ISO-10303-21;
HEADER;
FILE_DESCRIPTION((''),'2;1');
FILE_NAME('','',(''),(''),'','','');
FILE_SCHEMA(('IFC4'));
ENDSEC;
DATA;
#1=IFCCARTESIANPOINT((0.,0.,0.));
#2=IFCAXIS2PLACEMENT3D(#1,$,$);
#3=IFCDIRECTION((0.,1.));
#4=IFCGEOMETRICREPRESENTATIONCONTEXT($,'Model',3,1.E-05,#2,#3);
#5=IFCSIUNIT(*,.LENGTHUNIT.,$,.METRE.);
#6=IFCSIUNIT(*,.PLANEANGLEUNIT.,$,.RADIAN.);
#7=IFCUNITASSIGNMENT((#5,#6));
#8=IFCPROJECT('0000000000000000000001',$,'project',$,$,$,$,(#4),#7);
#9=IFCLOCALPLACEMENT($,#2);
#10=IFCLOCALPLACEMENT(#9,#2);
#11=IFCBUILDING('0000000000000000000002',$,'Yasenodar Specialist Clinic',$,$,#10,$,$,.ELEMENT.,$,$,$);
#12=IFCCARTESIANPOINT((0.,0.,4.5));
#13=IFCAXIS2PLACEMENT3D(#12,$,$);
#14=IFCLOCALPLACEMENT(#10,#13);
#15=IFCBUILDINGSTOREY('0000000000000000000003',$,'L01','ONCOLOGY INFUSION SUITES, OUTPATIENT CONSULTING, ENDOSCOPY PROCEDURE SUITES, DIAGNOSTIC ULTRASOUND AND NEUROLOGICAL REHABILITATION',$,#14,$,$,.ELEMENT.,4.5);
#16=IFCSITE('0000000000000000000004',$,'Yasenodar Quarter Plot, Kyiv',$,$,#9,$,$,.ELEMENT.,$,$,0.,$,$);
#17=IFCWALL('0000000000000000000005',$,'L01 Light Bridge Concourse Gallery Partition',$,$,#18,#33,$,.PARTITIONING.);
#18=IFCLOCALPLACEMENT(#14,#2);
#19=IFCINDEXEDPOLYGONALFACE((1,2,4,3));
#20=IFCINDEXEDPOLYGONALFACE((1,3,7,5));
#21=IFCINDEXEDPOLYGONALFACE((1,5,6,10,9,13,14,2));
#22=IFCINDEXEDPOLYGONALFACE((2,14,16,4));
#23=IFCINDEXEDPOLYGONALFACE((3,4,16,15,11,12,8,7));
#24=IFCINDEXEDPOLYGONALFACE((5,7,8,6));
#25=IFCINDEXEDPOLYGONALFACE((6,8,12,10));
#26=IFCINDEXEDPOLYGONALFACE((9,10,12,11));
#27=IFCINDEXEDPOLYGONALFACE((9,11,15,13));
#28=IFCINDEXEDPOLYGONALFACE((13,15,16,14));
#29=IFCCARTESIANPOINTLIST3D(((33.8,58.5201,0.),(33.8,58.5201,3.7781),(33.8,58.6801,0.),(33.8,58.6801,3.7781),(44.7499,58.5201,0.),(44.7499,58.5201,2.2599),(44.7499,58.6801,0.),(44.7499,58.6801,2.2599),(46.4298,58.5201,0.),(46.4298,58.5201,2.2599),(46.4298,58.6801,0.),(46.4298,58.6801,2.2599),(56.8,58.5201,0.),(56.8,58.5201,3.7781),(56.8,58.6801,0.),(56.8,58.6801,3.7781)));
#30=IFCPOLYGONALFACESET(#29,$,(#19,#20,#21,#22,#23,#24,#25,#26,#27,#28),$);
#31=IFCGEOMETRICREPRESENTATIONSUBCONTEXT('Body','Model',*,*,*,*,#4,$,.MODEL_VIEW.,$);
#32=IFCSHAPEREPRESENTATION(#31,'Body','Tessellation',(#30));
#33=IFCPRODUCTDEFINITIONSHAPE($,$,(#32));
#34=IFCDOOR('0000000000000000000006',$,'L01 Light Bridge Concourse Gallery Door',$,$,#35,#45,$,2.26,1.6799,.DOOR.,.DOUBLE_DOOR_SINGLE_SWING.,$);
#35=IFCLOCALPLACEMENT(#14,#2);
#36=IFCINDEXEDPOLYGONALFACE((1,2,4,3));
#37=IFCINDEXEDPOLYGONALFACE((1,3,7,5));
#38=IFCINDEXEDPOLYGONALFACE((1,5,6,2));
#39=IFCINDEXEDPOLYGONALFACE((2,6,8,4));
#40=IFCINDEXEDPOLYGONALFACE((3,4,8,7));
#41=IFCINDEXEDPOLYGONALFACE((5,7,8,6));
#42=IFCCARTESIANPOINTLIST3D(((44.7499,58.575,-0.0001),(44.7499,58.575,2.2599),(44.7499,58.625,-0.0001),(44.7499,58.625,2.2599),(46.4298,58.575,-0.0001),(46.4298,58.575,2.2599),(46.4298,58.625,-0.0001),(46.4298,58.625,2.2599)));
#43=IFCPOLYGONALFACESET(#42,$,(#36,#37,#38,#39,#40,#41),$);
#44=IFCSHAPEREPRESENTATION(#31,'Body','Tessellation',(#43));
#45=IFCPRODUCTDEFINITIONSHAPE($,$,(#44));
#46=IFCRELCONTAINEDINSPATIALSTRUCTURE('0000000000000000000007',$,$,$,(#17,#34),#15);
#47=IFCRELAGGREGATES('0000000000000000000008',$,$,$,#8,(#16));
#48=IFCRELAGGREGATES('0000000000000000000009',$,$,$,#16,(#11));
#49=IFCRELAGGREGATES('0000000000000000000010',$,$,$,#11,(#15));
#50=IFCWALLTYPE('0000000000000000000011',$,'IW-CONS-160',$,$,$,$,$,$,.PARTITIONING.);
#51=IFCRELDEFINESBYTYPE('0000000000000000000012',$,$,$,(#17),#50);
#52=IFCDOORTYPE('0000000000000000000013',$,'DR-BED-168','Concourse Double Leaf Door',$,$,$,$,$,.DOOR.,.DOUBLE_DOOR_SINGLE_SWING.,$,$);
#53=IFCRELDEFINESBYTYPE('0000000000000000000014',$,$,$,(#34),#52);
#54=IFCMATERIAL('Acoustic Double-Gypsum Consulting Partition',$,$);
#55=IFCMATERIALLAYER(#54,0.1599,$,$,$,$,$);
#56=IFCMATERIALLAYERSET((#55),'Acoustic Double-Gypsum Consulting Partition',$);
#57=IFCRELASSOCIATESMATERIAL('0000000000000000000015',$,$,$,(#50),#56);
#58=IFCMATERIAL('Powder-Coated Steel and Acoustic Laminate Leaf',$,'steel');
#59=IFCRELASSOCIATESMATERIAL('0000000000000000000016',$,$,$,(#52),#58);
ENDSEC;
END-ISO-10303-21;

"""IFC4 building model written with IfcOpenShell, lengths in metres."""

from ifc_helpers import new_model, si_unit, direction, frame, frame_2d, origin, place, context, subcontext, project, spatial, rectangle, extrude, material, layer, layer_set, type_object, element, fill, save


model = new_model("IFC4")

# Units and contexts
model_context = context("Model", 3, precision=1e-05, world=origin(), true_north=direction((0.0, 1.0)))
body_context = subcontext(model_context, "Body", "Model", "MODEL_VIEW")
ifc_project = project(units=[si_unit("LENGTHUNIT", "METRE"), si_unit("PLANEANGLEUNIT", "RADIAN")], contexts=[model_context])

# Site, building, storey
site_placement = place(None, origin())
site = spatial("IfcSite", under=ifc_project, at=site_placement, Name="Yasenodar Quarter Plot, Kyiv", CompositionType="ELEMENT", RefElevation=0.0)
building_placement = place(site_placement, origin())
building = spatial("IfcBuilding", under=site, at=building_placement, Name="Yasenodar Specialist Clinic", CompositionType="ELEMENT")
storey_placement = place(building_placement, frame((0.0, 0.0, 4.5)))
storey = spatial("IfcBuildingStorey", under=building, at=storey_placement, Name="L01", Description="ONCOLOGY INFUSION SUITES, OUTPATIENT CONSULTING, ENDOSCOPY PROCEDURE SUITES, DIAGNOSTIC ULTRASOUND AND NEUROLOGICAL REHABILITATION", CompositionType="ELEMENT", Elevation=4.5)

# Wall, opening, door
ifc_material_1 = material(Name="Acoustic Double-Gypsum Consulting Partition")
ifc_layer_1 = layer(ifc_material_1, 0.1599)
ifc_layer_set_1 = layer_set([ifc_layer_1], Name="Acoustic Double-Gypsum Consulting Partition")
wall_type = type_object("IfcWallType", Name="IW-CONS-160", PredefinedType="PARTITIONING", material=ifc_layer_set_1)
wall_placement = place(storey_placement, frame((33.8, 58.6001, 0.0), z_axis=(0.0, 0.0, 1.0), x_axis=(1.0, 0.0, 0.0)))
wall = element("IfcWall", 1, at=wall_placement, inside=storey, type_object=wall_type, Name="L01 Light Bridge Concourse Gallery Partition", PredefinedType="PARTITIONING", context=body_context, shape_type="SweptSolid", body=[
    extrude(rectangle(XDim=23.0, YDim=0.1599, at=frame_2d((11.5, 0.0))), origin(), (0.0, 0.0, 1.0), 3.7781),
])
opening_placement = place(wall_placement, frame((10.95, 0.0, 0.0)))
opening = element("IfcOpeningElement", 2, at=opening_placement, cuts=wall, PredefinedType="OPENING", context=body_context, shape_type="SweptSolid", body=[
    extrude(rectangle(XDim=1.6799, YDim=2.26, at=frame_2d((0.8398, 1.1299))), frame((0.0, 0.0898, 0.0), z_axis=(0.0, -1.0, 0.0), x_axis=(1.0, 0.0, 0.0)), (0.0, 0.0, 1.0), 0.1799),
])
ifc_material_2 = material(Name="Powder-Coated Steel and Acoustic Laminate Leaf", Category="steel")
door_type = type_object("IfcDoorType", Name="DR-BED-168", Description="Concourse Double Leaf Door", OperationType="DOUBLE_DOOR_SINGLE_SWING", PredefinedType="DOOR", material=ifc_material_2)
door_placement = place(opening_placement, origin())
door = element("IfcDoor", 3, at=door_placement, inside=storey, type_object=door_type, Name="L01 Light Bridge Concourse Gallery Door", OperationType="DOUBLE_DOOR_SINGLE_SWING", OverallHeight=2.26, OverallWidth=1.6799, PredefinedType="DOOR", context=body_context, shape_type="SweptSolid", body=[
    extrude(rectangle(XDim=1.6799, YDim=2.26, at=frame_2d((0.8398, 1.1299))), frame((0.0, 0.0249, 0.0), z_axis=(0.0, -1.0, 0.0), x_axis=(1.0, 0.0, 0.0)), (0.0, 0.0, 1.0), 0.05),
])
fill(opening, door)

save(model, "model.ifc")
